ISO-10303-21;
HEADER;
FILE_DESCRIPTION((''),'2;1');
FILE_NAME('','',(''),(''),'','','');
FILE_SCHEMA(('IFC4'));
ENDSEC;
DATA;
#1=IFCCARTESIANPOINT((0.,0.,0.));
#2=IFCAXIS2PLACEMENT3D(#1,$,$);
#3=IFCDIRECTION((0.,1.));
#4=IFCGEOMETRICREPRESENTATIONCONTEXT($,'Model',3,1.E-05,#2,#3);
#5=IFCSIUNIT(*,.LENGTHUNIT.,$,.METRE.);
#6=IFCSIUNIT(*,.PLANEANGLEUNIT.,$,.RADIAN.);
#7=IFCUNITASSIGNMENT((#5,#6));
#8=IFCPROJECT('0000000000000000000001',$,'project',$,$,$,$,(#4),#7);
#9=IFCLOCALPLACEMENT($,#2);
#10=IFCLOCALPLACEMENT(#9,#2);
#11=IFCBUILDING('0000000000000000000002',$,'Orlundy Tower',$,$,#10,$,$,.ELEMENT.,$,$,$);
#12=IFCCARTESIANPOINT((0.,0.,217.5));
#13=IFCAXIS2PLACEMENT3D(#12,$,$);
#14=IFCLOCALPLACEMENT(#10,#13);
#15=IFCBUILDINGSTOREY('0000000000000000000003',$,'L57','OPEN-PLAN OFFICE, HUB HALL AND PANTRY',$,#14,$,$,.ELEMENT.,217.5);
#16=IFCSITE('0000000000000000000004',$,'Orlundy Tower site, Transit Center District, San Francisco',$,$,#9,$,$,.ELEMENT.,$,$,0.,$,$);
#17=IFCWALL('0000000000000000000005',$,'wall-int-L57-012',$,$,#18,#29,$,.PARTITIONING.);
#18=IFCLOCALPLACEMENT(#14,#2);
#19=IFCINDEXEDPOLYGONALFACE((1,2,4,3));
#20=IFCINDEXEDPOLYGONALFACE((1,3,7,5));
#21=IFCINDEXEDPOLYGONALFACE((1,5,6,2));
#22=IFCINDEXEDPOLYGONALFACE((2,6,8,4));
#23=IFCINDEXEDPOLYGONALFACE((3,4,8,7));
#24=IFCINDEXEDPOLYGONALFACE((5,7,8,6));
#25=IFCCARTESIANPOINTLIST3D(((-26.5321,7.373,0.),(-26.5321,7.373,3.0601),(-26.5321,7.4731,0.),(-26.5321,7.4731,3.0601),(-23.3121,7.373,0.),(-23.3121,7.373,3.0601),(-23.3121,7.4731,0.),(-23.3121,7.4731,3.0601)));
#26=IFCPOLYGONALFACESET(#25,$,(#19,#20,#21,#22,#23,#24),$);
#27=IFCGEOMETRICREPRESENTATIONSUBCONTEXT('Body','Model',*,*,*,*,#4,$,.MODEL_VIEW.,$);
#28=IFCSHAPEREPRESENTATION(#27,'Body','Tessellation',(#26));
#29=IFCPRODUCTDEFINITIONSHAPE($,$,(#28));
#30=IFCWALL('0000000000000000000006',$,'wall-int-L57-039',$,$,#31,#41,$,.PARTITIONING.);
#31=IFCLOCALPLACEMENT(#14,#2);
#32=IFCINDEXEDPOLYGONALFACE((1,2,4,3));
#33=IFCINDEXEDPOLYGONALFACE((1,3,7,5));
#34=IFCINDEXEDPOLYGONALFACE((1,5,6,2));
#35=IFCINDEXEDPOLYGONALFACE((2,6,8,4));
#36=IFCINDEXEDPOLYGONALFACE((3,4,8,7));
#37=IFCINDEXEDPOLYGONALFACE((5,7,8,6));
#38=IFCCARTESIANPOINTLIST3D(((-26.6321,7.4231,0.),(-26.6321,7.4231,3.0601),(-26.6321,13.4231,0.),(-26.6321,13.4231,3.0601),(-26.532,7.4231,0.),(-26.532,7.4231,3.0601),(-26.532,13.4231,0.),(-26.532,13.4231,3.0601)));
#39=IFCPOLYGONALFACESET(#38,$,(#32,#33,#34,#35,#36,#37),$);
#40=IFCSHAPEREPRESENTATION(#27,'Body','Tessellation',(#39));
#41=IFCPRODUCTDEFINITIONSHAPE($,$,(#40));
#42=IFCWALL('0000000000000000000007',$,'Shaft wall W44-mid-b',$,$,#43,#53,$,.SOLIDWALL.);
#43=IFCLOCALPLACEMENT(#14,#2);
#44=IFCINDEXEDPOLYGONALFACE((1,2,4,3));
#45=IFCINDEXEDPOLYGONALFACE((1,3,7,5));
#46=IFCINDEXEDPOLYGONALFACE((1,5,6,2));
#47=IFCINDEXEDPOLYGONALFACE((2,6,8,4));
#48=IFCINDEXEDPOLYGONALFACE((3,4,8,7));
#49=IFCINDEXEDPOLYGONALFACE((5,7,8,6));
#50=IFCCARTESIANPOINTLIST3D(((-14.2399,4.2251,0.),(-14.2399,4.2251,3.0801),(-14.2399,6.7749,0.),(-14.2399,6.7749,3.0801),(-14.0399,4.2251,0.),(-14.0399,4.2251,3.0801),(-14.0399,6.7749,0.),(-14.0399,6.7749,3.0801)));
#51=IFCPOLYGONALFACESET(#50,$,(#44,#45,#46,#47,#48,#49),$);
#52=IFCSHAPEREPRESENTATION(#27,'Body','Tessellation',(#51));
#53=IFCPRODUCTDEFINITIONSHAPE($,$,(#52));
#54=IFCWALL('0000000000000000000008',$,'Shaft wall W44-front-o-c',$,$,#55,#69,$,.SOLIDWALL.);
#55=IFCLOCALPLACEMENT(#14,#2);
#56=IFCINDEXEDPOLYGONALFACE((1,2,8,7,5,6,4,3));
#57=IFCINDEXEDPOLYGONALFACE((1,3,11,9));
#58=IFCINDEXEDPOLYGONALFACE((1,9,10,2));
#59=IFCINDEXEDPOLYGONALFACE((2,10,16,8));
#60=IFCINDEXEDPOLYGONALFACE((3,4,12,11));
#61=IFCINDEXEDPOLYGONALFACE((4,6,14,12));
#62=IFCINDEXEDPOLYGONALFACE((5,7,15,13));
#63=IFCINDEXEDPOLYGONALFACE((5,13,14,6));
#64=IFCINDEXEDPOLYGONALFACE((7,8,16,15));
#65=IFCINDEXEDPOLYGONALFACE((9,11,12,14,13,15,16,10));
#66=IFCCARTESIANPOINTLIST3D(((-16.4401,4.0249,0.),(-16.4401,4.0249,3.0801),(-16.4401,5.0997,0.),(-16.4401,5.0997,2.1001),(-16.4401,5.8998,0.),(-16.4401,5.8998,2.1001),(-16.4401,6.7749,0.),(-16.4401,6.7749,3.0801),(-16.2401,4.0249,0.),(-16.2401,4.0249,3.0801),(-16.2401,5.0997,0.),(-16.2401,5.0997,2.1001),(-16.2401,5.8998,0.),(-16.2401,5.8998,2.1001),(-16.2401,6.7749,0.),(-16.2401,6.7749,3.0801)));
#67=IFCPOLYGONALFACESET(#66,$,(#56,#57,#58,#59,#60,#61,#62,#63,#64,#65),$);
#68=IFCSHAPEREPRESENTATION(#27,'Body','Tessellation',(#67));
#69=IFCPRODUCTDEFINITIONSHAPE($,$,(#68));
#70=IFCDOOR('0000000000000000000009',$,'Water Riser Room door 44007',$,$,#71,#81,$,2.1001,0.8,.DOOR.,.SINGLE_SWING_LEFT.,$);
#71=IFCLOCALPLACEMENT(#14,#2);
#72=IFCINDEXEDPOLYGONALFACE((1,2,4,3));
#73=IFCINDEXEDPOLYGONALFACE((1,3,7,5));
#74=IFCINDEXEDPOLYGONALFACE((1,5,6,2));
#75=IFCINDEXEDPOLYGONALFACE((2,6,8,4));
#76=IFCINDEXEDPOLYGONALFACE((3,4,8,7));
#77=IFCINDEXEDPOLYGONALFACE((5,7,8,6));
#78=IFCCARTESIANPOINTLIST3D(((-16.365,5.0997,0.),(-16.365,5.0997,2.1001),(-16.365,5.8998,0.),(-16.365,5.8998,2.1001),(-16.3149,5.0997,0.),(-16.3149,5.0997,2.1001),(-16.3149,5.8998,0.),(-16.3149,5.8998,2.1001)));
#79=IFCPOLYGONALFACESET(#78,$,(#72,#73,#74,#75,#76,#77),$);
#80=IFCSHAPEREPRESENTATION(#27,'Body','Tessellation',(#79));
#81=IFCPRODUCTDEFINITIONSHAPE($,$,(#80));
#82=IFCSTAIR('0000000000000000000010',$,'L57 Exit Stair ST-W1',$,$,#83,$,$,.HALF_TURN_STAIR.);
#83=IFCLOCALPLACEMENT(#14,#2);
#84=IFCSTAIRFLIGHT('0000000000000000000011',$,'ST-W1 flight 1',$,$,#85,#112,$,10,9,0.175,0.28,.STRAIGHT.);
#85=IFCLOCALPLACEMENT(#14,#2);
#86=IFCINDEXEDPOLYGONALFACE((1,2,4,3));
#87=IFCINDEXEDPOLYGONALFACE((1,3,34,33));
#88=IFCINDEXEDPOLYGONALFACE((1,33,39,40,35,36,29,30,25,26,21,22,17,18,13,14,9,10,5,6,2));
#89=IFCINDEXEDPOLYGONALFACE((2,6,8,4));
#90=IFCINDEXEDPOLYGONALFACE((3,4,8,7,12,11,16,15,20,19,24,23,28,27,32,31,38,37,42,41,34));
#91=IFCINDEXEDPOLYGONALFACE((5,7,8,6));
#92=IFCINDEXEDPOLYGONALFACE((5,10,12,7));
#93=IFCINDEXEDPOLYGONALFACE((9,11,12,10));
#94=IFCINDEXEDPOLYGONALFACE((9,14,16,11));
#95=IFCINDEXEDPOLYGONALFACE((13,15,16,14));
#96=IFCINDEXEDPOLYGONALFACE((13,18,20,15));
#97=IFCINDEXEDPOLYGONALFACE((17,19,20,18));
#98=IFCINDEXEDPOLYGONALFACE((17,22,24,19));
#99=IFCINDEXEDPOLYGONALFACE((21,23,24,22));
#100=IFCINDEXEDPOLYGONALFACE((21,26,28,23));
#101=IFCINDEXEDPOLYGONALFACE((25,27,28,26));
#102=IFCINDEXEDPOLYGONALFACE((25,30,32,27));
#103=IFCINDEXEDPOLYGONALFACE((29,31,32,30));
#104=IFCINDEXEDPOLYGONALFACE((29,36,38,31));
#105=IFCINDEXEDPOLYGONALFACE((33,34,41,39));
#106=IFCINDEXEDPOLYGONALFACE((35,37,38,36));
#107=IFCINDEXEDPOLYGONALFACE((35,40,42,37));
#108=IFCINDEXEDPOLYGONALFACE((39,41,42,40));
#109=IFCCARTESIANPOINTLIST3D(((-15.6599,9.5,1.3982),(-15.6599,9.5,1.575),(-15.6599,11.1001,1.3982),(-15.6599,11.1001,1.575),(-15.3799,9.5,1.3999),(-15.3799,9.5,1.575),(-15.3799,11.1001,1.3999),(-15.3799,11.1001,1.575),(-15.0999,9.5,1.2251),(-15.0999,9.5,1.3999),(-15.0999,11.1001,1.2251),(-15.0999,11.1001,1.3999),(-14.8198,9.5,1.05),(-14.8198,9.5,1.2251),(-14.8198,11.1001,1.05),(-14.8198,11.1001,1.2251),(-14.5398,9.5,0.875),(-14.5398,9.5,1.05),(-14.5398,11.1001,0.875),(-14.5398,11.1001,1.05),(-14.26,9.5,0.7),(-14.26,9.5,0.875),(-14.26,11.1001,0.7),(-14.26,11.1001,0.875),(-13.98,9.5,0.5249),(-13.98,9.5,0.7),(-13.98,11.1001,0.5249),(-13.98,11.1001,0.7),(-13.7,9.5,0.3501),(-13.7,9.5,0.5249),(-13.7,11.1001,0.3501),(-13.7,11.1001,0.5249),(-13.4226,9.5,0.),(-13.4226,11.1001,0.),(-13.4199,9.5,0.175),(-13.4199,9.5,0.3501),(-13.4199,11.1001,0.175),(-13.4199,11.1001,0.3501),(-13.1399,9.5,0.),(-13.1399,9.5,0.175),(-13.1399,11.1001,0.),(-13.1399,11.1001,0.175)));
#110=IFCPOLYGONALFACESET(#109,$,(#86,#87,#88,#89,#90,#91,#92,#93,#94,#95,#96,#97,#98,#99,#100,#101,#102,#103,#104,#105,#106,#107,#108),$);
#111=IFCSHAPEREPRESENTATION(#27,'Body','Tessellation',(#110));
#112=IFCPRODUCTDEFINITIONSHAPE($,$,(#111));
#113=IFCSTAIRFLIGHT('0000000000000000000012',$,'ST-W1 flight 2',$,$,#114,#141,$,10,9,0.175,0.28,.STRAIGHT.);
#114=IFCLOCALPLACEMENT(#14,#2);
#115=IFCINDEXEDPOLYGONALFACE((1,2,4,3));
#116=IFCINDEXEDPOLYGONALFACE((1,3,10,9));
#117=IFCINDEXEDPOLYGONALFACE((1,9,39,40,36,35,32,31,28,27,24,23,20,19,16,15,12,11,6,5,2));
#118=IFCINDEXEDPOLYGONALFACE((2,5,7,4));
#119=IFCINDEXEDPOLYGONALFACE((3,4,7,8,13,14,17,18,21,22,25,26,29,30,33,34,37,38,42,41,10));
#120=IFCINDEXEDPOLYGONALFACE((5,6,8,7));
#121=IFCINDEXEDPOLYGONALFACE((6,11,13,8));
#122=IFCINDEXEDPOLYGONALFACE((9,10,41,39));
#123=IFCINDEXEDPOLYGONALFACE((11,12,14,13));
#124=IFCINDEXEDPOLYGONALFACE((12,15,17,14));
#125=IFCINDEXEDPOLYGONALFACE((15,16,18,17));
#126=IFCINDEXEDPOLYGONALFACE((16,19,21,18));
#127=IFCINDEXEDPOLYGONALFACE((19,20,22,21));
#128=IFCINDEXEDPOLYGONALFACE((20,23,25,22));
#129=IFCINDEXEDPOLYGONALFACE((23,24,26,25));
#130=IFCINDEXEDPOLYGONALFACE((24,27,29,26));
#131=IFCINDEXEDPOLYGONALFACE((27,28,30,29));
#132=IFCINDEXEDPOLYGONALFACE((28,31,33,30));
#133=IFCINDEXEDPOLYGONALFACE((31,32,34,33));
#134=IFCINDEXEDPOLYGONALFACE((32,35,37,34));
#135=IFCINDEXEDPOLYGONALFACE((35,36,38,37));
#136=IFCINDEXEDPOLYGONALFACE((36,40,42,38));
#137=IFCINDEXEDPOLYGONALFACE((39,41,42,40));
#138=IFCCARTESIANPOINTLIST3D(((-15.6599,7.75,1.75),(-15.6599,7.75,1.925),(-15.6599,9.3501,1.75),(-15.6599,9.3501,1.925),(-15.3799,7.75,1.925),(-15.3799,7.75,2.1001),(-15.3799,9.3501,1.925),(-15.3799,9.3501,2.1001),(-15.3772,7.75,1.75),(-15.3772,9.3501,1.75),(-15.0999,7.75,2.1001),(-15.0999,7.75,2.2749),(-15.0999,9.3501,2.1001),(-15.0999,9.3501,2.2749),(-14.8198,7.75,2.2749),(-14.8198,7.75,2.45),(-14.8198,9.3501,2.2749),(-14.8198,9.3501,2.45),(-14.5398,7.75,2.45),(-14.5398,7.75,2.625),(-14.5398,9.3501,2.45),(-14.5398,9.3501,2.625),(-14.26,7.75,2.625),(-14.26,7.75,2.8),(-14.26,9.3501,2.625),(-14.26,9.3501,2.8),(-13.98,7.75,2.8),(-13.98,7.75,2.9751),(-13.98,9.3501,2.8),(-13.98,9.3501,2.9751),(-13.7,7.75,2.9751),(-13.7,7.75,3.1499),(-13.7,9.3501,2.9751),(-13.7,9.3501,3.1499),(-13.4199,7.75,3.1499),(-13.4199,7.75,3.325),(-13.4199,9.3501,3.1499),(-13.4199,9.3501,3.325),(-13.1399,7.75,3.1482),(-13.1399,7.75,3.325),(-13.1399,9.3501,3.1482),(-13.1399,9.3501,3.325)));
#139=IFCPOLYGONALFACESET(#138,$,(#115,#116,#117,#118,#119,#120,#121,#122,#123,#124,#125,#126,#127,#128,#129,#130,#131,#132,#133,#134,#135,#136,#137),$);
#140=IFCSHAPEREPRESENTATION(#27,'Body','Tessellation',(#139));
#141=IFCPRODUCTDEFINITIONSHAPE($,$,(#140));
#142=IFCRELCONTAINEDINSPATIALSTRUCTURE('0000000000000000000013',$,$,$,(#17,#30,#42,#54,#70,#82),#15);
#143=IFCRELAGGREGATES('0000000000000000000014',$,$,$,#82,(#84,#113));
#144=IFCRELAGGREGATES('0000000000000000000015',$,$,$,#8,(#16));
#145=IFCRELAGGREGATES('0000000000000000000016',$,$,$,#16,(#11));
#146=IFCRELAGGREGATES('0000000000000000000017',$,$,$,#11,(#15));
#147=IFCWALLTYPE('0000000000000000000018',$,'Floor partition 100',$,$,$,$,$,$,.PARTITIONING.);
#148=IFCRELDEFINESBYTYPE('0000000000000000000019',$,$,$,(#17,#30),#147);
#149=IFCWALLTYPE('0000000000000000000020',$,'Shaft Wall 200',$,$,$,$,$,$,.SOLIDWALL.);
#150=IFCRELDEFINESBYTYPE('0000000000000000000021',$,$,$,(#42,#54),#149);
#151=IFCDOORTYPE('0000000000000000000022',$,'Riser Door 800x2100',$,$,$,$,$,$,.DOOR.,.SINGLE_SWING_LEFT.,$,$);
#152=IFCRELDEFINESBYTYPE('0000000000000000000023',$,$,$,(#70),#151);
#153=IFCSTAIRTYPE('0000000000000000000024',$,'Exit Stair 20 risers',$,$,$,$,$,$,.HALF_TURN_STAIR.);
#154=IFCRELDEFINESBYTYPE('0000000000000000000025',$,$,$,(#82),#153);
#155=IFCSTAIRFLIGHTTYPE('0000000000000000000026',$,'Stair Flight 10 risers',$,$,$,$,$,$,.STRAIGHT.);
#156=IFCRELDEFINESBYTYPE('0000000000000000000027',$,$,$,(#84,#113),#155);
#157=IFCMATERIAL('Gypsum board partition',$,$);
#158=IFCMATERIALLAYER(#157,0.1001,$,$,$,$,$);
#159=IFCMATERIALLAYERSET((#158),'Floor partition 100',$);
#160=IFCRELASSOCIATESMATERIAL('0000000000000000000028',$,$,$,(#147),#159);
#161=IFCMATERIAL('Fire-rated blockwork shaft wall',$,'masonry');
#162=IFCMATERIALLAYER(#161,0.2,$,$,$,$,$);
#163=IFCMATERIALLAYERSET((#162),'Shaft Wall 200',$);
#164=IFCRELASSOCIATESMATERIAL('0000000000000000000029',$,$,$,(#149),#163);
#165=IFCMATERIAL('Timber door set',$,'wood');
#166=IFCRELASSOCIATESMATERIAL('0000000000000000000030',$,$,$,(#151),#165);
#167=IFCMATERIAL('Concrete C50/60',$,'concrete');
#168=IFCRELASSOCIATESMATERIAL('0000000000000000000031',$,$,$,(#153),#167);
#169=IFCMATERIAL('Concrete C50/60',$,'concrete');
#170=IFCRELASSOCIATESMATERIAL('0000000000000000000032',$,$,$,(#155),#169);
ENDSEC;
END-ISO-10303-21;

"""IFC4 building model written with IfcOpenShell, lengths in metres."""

from ifc_helpers import new_model, si_unit, direction, frame, frame_2d, origin, place, context, subcontext, project, spatial, polyline, rectangle, outline, extrude, material, layer, layer_set, type_object, element, fill, aggregate, save


model = new_model("IFC4")

# Units and contexts
model_context = context("Model", 3, precision=1e-05, world=origin(), true_north=direction((0.0, 1.0)))
body_context = subcontext(model_context, "Body", "Model", "MODEL_VIEW")
ifc_project = project(units=[si_unit("LENGTHUNIT", "METRE"), si_unit("PLANEANGLEUNIT", "RADIAN")], contexts=[model_context])

# Site, building, storey
site_placement = place(None, origin())
site = spatial("IfcSite", under=ifc_project, at=site_placement, Name="Orlundy Tower site, Transit Center District, San Francisco", CompositionType="ELEMENT", RefElevation=0.0)
building_placement = place(site_placement, origin())
building = spatial("IfcBuilding", under=site, at=building_placement, Name="Orlundy Tower", CompositionType="ELEMENT")
storey_placement = place(building_placement, frame((0.0, 0.0, 217.5)))
storey = spatial("IfcBuildingStorey", under=building, at=storey_placement, Name="L57", Description="OPEN-PLAN OFFICE, HUB HALL AND PANTRY", CompositionType="ELEMENT", Elevation=217.5)

# Walls
ifc_material_1 = material(Name="Gypsum board partition")
ifc_layer_1 = layer(ifc_material_1, 0.1001)
ifc_layer_set_1 = layer_set([ifc_layer_1], Name="Floor partition 100")
wall_type_1 = type_object("IfcWallType", Name="Floor partition 100", PredefinedType="PARTITIONING", material=ifc_layer_set_1)
wall_1_placement = place(storey_placement, frame((-26.532, 7.4231, 0.0), z_axis=(0.0, 0.0, 1.0), x_axis=(1.0, 0.0, 0.0)))
element("IfcWall", 1, at=wall_1_placement, inside=storey, type_object=wall_type_1, Name="wall-int-L57-012", PredefinedType="PARTITIONING", context=body_context, shape_type="SweptSolid", body=[
    extrude(rectangle(XDim=3.22, YDim=0.1001, at=frame_2d((1.6099, 0.0))), origin(), (0.0, 0.0, 1.0), 3.0601),
])
wall_2_placement = place(storey_placement, frame((-26.582, 7.4231, 0.0), z_axis=(0.0, 0.0, 1.0), x_axis=(0.0, 1.0, 0.0)))
element("IfcWall", 2, at=wall_2_placement, inside=storey, type_object=wall_type_1, Name="wall-int-L57-039", PredefinedType="PARTITIONING", context=body_context, shape_type="SweptSolid", body=[
    extrude(rectangle(XDim=6.0, YDim=0.1001, at=frame_2d((3.0, 0.0))), origin(), (0.0, 0.0, 1.0), 3.0601),
])
ifc_material_2 = material(Name="Fire-rated blockwork shaft wall", Category="masonry")
ifc_layer_2 = layer(ifc_material_2, 0.2)
ifc_layer_set_2 = layer_set([ifc_layer_2], Name="Shaft Wall 200")
wall_type_2 = type_object("IfcWallType", Name="Shaft Wall 200", PredefinedType="SOLIDWALL", material=ifc_layer_set_2)
wall_3_placement = place(storey_placement, frame((-14.1399, 4.2251, 0.0), z_axis=(0.0, 0.0, 1.0), x_axis=(0.0, 1.0, 0.0)))
element("IfcWall", 3, at=wall_3_placement, inside=storey, type_object=wall_type_2, Name="Shaft wall W44-mid-b", PredefinedType="SOLIDWALL", context=body_context, shape_type="SweptSolid", body=[
    extrude(rectangle(XDim=2.5498, YDim=0.2, at=frame_2d((1.2749, 0.0))), origin(), (0.0, 0.0, 1.0), 3.0801),
])

# Wall, opening, door
wall_4_placement = place(storey_placement, frame((-16.3401, 4.0249, 0.0), z_axis=(0.0, 0.0, 1.0), x_axis=(0.0, 1.0, 0.0)))
wall_4 = element("IfcWall", 4, at=wall_4_placement, inside=storey, type_object=wall_type_2, Name="Shaft wall W44-front-o-c", PredefinedType="SOLIDWALL", context=body_context, shape_type="SweptSolid", body=[
    extrude(rectangle(XDim=2.75, YDim=0.2, at=frame_2d((1.375, 0.0))), origin(), (0.0, 0.0, 1.0), 3.0801),
])
opening_1_placement = place(wall_4_placement, frame((1.075, 0.0, 0.0)))
opening_1 = element("IfcOpeningElement", 5, at=opening_1_placement, cuts=wall_4, PredefinedType="OPENING", context=body_context, shape_type="SweptSolid", body=[
    extrude(rectangle(XDim=0.8, YDim=2.1001, at=frame_2d((0.3999, 1.05))), frame((0.0, 0.1101, 0.0), z_axis=(0.0, -1.0, 0.0), x_axis=(1.0, 0.0, 0.0)), (0.0, 0.0, 1.0), 0.2202),
])
ifc_material_3 = material(Name="Timber door set", Category="wood")
door_type_1 = type_object("IfcDoorType", Name="Riser Door 800x2100", OperationType="SINGLE_SWING_LEFT", PredefinedType="DOOR", material=ifc_material_3)
door_1_placement = place(opening_1_placement, origin())
door_1 = element("IfcDoor", 6, at=door_1_placement, inside=storey, type_object=door_type_1, Name="Water Riser Room door 44007", OperationType="SINGLE_SWING_LEFT", OverallHeight=2.1001, OverallWidth=0.8, PredefinedType="DOOR", context=body_context, shape_type="SweptSolid", body=[
    extrude(rectangle(XDim=0.8, YDim=2.1001, at=frame_2d((0.3999, 1.05))), frame((0.0, 0.0249, 0.0), z_axis=(0.0, -1.0, 0.0), x_axis=(1.0, 0.0, 0.0)), (0.0, 0.0, 1.0), 0.05),
])
fill(opening_1, door_1)

# Stair, stair flights
ifc_material_4 = material(Name="Concrete C50/60", Category="concrete")
stair_type = type_object("IfcStairType", Name="Exit Stair 20 risers", PredefinedType="HALF_TURN_STAIR", material=ifc_material_4)
stair_placement = place(storey_placement, origin())
stair = element("IfcStair", 7, at=stair_placement, inside=storey, type_object=stair_type, Name="L57 Exit Stair ST-W1", PredefinedType="HALF_TURN_STAIR")
ifc_material_5 = material(Name="Concrete C50/60", Category="concrete")
stair_flight_type = type_object("IfcStairFlightType", Name="Stair Flight 10 risers", PredefinedType="STRAIGHT", material=ifc_material_5)
stair_flight_1_placement = place(storey_placement, frame((-13.1399, 10.3, 0.0), z_axis=(0.0, 0.0, 1.0), x_axis=(-1.0, 0.0, 0.0)))
stair_flight_1 = element("IfcStairFlight", 8, at=stair_flight_1_placement, type_object=stair_flight_type, Name="ST-W1 flight 1", NumberOfRisers=10, NumberOfTreads=9, PredefinedType="STRAIGHT", RiserHeight=0.175, TreadLength=0.28, context=body_context, shape_type="SweptSolid", body=[
    extrude(outline(polyline([(0.0, 0.0), (0.0, 0.175), (0.28, 0.175), (0.28, 0.3501), (0.5601, 0.3501), (0.5601, 0.5249), (0.8401, 0.5249), (0.8401, 0.7), (1.1201, 0.7), (1.1201, 0.875), (1.3999, 0.875), (1.3999, 1.05), (1.6799, 1.05), (1.6799, 1.2251), (1.96, 1.2251), (1.96, 1.3999), (2.24, 1.3999), (2.24, 1.575), (2.52, 1.575), (2.52, 1.75), (2.52, 1.3982), (0.2827, 0.0), (0.0, 0.0)])), frame((0.0, 0.8, 0.0), z_axis=(0.0, -1.0, 0.0), x_axis=(1.0, 0.0, 0.0)), (0.0, 0.0, 1.0), 1.6001),
])
stair_flight_2_placement = place(storey_placement, frame((-15.6599, 8.55, 1.75), z_axis=(0.0, 0.0, 1.0), x_axis=(1.0, 0.0, 0.0)))
stair_flight_2 = element("IfcStairFlight", 9, at=stair_flight_2_placement, type_object=stair_flight_type, Name="ST-W1 flight 2", NumberOfRisers=10, NumberOfTreads=9, PredefinedType="STRAIGHT", RiserHeight=0.175, TreadLength=0.28, context=body_context, shape_type="SweptSolid", body=[
    extrude(outline(polyline([(0.0, 0.0), (0.0, 0.175), (0.28, 0.175), (0.28, 0.3501), (0.5601, 0.3501), (0.5601, 0.5249), (0.8401, 0.5249), (0.8401, 0.7), (1.1201, 0.7), (1.1201, 0.875), (1.3999, 0.875), (1.3999, 1.05), (1.6799, 1.05), (1.6799, 1.2251), (1.96, 1.2251), (1.96, 1.3999), (2.24, 1.3999), (2.24, 1.575), (2.52, 1.575), (2.52, 1.75), (2.52, 1.3982), (0.2827, 0.0), (0.0, 0.0)])), frame((0.0, 0.8, 0.0), z_axis=(0.0, -1.0, 0.0), x_axis=(1.0, 0.0, 0.0)), (0.0, 0.0, 1.0), 1.6001),
])
aggregate(stair, [stair_flight_1, stair_flight_2])

save(model, "model.ifc")
